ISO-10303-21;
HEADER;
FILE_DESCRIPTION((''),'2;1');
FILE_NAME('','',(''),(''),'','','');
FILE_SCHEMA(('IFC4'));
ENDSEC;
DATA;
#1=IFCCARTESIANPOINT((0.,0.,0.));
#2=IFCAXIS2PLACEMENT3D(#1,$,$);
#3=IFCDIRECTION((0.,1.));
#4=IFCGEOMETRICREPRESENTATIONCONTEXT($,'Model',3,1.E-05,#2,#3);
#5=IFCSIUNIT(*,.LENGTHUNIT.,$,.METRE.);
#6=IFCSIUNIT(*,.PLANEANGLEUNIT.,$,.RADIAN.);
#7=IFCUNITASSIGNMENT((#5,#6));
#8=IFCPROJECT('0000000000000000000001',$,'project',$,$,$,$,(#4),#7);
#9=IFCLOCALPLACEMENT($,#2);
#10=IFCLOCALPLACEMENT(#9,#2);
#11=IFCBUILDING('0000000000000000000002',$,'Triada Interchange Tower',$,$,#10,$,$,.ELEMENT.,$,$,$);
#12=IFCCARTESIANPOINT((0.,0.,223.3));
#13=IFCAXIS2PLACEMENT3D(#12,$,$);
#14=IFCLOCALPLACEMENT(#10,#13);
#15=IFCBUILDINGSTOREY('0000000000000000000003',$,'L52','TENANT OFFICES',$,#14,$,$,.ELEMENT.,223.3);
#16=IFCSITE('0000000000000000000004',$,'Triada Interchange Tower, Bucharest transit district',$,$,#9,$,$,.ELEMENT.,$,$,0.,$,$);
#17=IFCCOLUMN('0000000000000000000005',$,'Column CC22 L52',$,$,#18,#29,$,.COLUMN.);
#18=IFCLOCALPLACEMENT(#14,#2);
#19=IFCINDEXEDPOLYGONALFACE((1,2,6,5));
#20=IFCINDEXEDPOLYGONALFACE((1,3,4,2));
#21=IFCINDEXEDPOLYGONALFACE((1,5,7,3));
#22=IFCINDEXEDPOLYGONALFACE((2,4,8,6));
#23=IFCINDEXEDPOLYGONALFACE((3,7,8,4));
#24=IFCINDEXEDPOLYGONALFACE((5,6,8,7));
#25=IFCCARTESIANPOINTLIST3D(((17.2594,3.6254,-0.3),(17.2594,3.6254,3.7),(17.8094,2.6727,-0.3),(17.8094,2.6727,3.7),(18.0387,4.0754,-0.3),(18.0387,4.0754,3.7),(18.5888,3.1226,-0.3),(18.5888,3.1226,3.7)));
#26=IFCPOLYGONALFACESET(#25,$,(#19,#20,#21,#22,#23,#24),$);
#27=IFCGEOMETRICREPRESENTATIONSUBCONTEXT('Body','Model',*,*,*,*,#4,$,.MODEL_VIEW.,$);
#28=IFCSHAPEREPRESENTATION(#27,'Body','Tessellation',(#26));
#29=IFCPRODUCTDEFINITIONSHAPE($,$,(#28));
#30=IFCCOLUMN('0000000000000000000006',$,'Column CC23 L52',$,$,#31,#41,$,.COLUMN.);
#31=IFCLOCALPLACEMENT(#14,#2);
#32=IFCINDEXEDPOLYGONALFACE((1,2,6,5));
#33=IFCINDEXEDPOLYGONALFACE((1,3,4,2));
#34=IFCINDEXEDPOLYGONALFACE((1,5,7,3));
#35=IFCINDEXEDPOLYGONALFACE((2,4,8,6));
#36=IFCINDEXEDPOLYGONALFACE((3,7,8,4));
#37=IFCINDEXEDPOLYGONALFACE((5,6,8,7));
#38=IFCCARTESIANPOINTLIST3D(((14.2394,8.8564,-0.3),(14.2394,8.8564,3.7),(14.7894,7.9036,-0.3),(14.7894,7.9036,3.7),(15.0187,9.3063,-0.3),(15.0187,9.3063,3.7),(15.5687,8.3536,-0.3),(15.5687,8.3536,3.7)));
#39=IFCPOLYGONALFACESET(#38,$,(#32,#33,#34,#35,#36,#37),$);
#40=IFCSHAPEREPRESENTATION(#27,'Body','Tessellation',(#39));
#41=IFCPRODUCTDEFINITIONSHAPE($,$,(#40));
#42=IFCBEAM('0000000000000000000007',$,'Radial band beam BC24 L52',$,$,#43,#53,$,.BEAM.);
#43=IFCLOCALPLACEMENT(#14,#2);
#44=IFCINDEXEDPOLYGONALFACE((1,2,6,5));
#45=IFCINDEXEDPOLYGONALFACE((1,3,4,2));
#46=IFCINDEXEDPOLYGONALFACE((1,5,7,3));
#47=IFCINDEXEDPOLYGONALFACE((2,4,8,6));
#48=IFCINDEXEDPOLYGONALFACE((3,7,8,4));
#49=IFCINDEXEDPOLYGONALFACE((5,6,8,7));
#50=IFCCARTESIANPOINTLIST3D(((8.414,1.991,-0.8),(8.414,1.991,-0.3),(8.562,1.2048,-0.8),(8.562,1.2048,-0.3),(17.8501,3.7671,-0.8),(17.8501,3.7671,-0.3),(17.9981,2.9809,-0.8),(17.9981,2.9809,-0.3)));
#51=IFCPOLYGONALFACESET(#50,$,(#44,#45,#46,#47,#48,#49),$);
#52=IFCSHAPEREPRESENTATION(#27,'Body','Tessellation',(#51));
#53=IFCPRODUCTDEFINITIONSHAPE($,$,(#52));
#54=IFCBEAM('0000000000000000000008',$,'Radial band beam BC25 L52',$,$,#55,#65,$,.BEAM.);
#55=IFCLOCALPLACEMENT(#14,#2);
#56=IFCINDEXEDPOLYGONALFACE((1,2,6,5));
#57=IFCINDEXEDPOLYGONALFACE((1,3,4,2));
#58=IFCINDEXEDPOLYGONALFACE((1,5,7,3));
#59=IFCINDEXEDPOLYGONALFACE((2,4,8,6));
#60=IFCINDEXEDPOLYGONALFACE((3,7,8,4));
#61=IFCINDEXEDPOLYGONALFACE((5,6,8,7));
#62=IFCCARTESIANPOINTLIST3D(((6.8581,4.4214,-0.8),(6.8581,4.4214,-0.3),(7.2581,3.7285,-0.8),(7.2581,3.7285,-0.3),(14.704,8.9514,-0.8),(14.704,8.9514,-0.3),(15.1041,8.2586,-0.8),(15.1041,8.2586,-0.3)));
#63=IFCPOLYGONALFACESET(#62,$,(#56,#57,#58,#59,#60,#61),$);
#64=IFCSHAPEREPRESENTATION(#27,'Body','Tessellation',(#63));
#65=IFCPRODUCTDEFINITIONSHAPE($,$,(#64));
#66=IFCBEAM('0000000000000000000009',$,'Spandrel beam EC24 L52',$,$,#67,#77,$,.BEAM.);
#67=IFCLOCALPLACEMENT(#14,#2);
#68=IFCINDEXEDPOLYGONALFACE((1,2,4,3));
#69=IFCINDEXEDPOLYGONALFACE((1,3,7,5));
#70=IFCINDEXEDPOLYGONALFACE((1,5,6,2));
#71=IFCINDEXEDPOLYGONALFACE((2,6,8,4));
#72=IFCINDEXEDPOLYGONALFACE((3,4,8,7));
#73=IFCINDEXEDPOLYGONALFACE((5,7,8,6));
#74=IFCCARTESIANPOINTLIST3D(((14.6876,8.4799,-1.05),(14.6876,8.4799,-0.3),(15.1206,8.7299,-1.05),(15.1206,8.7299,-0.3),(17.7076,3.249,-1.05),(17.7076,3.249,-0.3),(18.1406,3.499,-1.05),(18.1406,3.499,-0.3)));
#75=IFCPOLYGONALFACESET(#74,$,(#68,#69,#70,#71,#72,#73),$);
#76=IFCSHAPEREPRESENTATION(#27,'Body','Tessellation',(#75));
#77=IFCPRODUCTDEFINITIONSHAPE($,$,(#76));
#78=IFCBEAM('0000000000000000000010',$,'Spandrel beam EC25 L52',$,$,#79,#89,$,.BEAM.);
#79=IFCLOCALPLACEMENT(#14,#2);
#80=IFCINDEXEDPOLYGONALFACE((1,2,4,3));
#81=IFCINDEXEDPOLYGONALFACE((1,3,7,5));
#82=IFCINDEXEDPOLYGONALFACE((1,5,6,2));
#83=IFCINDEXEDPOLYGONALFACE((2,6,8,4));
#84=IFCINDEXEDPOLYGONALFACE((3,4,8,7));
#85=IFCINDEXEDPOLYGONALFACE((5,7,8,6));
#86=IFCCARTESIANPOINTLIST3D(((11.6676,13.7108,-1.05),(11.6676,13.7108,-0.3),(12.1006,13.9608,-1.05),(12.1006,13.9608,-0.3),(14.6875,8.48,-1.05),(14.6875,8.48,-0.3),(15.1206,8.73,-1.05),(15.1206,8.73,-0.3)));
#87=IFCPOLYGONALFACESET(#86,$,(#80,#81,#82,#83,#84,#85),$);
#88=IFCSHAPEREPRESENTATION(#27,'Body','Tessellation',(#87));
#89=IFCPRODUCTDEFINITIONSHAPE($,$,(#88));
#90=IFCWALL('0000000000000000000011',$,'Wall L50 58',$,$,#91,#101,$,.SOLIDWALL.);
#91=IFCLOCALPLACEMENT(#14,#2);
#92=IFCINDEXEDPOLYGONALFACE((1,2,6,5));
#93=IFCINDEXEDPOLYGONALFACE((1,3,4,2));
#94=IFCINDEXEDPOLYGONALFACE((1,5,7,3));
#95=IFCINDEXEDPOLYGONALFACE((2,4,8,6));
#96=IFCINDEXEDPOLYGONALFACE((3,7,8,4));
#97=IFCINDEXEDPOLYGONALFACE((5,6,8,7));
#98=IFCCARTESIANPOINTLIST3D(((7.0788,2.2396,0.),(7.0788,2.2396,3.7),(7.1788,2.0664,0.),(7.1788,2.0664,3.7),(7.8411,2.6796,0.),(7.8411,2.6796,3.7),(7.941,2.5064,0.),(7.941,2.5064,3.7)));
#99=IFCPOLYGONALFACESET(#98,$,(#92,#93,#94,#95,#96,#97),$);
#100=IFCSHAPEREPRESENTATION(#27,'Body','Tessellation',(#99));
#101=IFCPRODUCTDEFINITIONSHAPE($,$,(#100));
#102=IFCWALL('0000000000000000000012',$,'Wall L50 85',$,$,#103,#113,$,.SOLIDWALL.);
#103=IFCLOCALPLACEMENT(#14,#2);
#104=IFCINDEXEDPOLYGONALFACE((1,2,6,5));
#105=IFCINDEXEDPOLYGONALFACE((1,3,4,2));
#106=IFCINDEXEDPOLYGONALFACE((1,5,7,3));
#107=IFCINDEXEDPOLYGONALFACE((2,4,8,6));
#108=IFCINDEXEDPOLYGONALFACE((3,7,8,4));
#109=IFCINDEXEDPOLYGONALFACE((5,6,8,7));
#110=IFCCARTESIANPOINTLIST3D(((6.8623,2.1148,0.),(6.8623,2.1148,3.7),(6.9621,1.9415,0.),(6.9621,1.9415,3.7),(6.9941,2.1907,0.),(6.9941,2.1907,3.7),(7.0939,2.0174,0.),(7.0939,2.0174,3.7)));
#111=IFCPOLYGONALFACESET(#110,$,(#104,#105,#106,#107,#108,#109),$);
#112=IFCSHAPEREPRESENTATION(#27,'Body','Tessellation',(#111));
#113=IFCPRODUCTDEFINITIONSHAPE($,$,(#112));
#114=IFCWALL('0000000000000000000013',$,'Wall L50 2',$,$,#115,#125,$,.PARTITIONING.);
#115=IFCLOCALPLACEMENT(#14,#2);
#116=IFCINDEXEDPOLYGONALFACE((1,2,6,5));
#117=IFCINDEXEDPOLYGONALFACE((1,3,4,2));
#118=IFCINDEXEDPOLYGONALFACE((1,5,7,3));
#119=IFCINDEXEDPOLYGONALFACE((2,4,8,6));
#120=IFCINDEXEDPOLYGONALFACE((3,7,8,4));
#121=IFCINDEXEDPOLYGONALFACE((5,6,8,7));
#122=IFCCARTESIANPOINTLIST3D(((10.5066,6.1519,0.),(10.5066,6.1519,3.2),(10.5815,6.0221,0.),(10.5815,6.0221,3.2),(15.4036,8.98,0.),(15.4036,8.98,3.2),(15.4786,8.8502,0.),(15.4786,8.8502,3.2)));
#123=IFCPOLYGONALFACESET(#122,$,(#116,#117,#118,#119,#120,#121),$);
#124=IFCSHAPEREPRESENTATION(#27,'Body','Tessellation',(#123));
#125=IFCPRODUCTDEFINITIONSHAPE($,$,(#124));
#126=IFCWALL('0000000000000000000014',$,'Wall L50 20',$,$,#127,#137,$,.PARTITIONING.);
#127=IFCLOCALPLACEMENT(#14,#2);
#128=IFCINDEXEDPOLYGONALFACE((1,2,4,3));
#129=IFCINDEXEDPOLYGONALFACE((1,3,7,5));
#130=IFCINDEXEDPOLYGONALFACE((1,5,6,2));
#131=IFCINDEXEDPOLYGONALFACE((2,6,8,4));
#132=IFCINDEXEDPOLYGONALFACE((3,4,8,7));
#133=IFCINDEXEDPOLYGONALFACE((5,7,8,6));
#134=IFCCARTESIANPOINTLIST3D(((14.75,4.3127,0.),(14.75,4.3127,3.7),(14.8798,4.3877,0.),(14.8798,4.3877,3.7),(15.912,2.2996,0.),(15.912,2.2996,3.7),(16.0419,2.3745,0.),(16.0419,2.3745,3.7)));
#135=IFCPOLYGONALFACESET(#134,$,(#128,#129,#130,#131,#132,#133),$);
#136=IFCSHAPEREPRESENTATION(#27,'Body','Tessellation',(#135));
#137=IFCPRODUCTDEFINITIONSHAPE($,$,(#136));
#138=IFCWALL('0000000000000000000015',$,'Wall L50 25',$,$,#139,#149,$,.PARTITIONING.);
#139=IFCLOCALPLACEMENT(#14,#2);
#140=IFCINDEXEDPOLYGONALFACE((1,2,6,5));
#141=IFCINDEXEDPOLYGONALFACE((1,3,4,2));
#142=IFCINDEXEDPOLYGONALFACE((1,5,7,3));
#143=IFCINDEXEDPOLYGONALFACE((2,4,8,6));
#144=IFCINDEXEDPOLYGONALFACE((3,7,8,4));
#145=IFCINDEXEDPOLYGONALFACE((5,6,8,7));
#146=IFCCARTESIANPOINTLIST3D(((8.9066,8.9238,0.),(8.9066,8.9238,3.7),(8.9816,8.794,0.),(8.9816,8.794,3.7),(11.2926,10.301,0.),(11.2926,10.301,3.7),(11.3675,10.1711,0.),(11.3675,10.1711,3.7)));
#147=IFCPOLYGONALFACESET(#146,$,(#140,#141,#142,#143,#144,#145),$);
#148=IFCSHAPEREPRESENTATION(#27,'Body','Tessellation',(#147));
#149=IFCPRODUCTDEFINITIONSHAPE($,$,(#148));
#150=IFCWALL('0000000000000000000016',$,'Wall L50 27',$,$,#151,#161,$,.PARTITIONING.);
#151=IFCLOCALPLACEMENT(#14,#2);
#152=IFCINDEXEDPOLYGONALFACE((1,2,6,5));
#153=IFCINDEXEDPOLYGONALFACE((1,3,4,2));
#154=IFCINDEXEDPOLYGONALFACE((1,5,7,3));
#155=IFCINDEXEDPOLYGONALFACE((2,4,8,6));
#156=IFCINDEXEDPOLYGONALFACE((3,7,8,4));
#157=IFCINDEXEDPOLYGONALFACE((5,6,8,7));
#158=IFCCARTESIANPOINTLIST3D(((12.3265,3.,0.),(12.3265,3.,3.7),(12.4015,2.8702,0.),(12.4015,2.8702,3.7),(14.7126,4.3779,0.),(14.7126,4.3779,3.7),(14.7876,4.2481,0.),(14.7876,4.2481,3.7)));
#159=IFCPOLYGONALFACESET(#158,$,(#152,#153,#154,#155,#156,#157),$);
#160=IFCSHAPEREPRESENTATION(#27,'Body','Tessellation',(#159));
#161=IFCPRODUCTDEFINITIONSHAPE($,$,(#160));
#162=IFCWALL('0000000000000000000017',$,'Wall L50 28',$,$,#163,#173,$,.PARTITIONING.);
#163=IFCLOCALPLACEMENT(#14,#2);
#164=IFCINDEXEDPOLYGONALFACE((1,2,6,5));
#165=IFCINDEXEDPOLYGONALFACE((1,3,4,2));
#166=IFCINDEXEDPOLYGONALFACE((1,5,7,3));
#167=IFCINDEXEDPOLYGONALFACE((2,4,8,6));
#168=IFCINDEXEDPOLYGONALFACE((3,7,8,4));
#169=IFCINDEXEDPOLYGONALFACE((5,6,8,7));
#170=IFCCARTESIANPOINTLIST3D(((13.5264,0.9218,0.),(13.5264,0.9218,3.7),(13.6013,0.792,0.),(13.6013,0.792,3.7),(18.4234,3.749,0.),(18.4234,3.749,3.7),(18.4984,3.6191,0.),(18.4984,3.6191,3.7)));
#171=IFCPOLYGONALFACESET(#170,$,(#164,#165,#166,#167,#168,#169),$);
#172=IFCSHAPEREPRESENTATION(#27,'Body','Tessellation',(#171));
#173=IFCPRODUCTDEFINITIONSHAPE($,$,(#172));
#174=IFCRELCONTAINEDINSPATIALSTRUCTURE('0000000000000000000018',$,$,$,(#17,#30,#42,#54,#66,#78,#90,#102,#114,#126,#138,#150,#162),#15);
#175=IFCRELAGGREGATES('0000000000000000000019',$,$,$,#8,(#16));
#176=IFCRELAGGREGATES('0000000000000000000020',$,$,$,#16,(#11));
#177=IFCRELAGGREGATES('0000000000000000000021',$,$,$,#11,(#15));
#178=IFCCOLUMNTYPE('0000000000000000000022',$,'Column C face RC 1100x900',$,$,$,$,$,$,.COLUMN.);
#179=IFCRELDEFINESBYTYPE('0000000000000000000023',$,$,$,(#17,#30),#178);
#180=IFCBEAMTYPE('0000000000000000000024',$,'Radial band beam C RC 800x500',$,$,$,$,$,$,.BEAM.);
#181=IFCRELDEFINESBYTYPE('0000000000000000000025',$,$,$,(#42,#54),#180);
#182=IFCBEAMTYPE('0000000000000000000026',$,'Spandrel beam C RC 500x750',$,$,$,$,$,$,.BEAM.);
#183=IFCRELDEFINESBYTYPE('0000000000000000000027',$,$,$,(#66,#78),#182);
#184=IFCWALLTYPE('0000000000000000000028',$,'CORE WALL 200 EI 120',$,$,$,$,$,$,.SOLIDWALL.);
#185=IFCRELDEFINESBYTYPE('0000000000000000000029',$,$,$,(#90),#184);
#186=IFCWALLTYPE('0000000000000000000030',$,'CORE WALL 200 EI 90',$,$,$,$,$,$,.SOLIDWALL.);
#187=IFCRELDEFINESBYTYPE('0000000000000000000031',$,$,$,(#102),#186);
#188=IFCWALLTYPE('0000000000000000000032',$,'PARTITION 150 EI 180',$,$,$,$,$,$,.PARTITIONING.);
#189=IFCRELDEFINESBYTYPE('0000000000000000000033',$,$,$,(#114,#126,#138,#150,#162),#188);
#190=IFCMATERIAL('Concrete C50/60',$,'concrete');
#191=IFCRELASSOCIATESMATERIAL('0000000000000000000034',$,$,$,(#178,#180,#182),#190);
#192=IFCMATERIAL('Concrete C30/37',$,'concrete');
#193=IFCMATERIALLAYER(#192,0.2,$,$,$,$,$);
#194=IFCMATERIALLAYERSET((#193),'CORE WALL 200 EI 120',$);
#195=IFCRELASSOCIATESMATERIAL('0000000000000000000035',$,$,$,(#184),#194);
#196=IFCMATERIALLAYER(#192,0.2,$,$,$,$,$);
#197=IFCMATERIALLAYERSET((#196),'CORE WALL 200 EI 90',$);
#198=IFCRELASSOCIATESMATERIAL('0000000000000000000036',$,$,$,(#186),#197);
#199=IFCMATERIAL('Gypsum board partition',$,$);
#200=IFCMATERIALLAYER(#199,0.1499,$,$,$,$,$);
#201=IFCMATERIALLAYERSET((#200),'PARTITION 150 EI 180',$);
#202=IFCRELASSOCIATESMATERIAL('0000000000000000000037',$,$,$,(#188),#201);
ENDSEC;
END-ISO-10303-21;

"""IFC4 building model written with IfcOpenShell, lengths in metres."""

from ifc_helpers import new_model, si_unit, direction, frame, frame_2d, origin, origin_2d, place, context, subcontext, project, spatial, rectangle, extrude, material, layer, layer_set, material_profile, profile_set, type_object, element, save


model = new_model("IFC4")

# Units and contexts
model_context = context("Model", 3, precision=1e-05, world=origin(), true_north=direction((0.0, 1.0)))
body_context = subcontext(model_context, "Body", "Model", "MODEL_VIEW")
ifc_project = project(units=[si_unit("LENGTHUNIT", "METRE"), si_unit("PLANEANGLEUNIT", "RADIAN")], contexts=[model_context])

# Site, building, storey
site_placement = place(None, origin())
site = spatial("IfcSite", under=ifc_project, at=site_placement, Name="Triada Interchange Tower, Bucharest transit district", CompositionType="ELEMENT", RefElevation=0.0)
building_placement = place(site_placement, origin())
building = spatial("IfcBuilding", under=site, at=building_placement, Name="Triada Interchange Tower", CompositionType="ELEMENT")
storey_placement = place(building_placement, frame((0.0, 0.0, 223.3)))
storey = spatial("IfcBuildingStorey", under=building, at=storey_placement, Name="L52", Description="TENANT OFFICES", CompositionType="ELEMENT", Elevation=223.3)

# Columns
ifc_material_1 = material(Name="Concrete C50/60", Category="concrete")
ifc_material_profile_1 = material_profile(ifc_material_1, rectangle(XDim=1.1001, YDim=0.8999, at=origin_2d()), Name="RC 1100x900")
ifc_profile_set_1 = profile_set([ifc_material_profile_1], Name="Concrete C50/60")
column_type = type_object("IfcColumnType", Name="Column C face RC 1100x900", PredefinedType="COLUMN", material=ifc_profile_set_1)
for number, where, z_axis, x_axis, name in (
    (1, (17.9241, 3.374, -0.3), (0.0, 0.0, 1.0), (-0.5, 0.866025, 0.0), "Column CC22 L52"),
    (2, (14.9041, 8.605, -0.3), (0.0, 0.0, 1.0), (-0.5, 0.866025, 0.0), "Column CC23 L52"),
):
    element("IfcColumn", number, at=place(storey_placement, frame(where, z_axis=z_axis, x_axis=x_axis)), inside=storey, type_object=column_type, Name=name, PredefinedType="COLUMN", context=body_context, shape_type="SweptSolid", body=[
        extrude(rectangle(XDim=1.1001, YDim=0.8999, at=origin_2d()), origin(), (0.0, 0.0, 1.0), 4.0),
    ])

# Beams
ifc_material_profile_2 = material_profile(ifc_material_1, rectangle(XDim=0.8, YDim=0.5, at=origin_2d()), Name="RC 800x500")
ifc_profile_set_2 = profile_set([ifc_material_profile_2], Name="Concrete C50/60")
beam_type_1 = type_object("IfcBeamType", Name="Radial band beam C RC 800x500", PredefinedType="BEAM", material=ifc_profile_set_2)
beam_1_placement = place(storey_placement, frame((17.9241, 3.374, -0.55), z_axis=(-0.982742, -0.184979, 0.0), x_axis=(0.184979, -0.982742, 0.0)))
element("IfcBeam", 3, at=beam_1_placement, inside=storey, type_object=beam_type_1, Name="Radial band beam BC24 L52", PredefinedType="BEAM", context=body_context, shape_type="SweptSolid", body=[
    extrude(rectangle(XDim=0.8, YDim=0.5, at=origin_2d()), origin(), (0.0, 0.0, 1.0), 9.6018),
])
beam_2_placement = place(storey_placement, frame((14.9041, 8.605, -0.55), z_axis=(-0.866017, -0.500014, 0.0), x_axis=(0.500014, -0.866017, 0.0)))
element("IfcBeam", 4, at=beam_2_placement, inside=storey, type_object=beam_type_1, Name="Radial band beam BC25 L52", PredefinedType="BEAM", context=body_context, shape_type="SweptSolid", body=[
    extrude(rectangle(XDim=0.8, YDim=0.5, at=origin_2d()), origin(), (0.0, 0.0, 1.0), 9.0598),
])
ifc_material_profile_3 = material_profile(ifc_material_1, rectangle(XDim=0.5, YDim=0.75, at=origin_2d()), Name="RC 500x750")
ifc_profile_set_3 = profile_set([ifc_material_profile_3], Name="Concrete C50/60")
beam_type_2 = type_object("IfcBeamType", Name="Spandrel beam C RC 500x750", PredefinedType="BEAM", material=ifc_profile_set_3)
for number, where, z_axis, x_axis, name in (
    (5, (17.9241, 3.374, -0.675), (-0.499991, 0.866031, 0.0), (-0.866031, -0.499991, 0.0), "Spandrel beam EC24 L52"),
    (6, (14.9041, 8.605, -0.675), (-0.499991, 0.866031, 0.0), (-0.866031, -0.499991, 0.0), "Spandrel beam EC25 L52"),
):
    element("IfcBeam", number, at=place(storey_placement, frame(where, z_axis=z_axis, x_axis=x_axis)), inside=storey, type_object=beam_type_2, Name=name, PredefinedType="BEAM", context=body_context, shape_type="SweptSolid", body=[
        extrude(rectangle(XDim=0.5, YDim=0.75, at=origin_2d()), origin(), (0.0, 0.0, 1.0), 6.04),
    ])

# Walls
ifc_material_2 = material(Name="Concrete C30/37", Category="concrete")
ifc_layer_1 = layer(ifc_material_2, 0.2)
ifc_layer_set_1 = layer_set([ifc_layer_1], Name="CORE WALL 200 EI 120")
wall_type_1 = type_object("IfcWallType", Name="CORE WALL 200 EI 120", PredefinedType="SOLIDWALL", material=ifc_layer_set_1)
wall_1_placement = place(storey_placement, frame((7.1289, 2.1531, 0.0), z_axis=(0.0, 0.0, 1.0), x_axis=(0.866084, 0.499899, 0.0)))
element("IfcWall", 7, at=wall_1_placement, inside=storey, type_object=wall_type_1, Name="Wall L50 58", PredefinedType="SOLIDWALL", context=body_context, shape_type="SweptSolid", body=[
    extrude(rectangle(XDim=0.8801, YDim=0.2, at=frame_2d((0.4399, 0.0))), origin(), (0.0, 0.0, 1.0), 3.7),
])
ifc_layer_2 = layer(ifc_material_2, 0.2)
ifc_layer_set_2 = layer_set([ifc_layer_2], Name="CORE WALL 200 EI 90")
wall_type_2 = type_object("IfcWallType", Name="CORE WALL 200 EI 90", PredefinedType="SOLIDWALL", material=ifc_layer_set_2)
wall_2_placement = place(storey_placement, frame((6.9121, 2.0281, 0.0), z_axis=(0.0, 0.0, 1.0), x_axis=(0.866559, 0.499074, 0.0)))
element("IfcWall", 8, at=wall_2_placement, inside=storey, type_object=wall_type_2, Name="Wall L50 85", PredefinedType="SOLIDWALL", context=body_context, shape_type="SweptSolid", body=[
    extrude(rectangle(XDim=0.1521, YDim=0.2, at=frame_2d((0.0762, 0.0))), origin(), (0.0, 0.0, 1.0), 3.7),
])
ifc_material_3 = material(Name="Gypsum board partition")
ifc_layer_3 = layer(ifc_material_3, 0.1499)
ifc_layer_set_3 = layer_set([ifc_layer_3], Name="PARTITION 150 EI 180")
wall_type_3 = type_object("IfcWallType", Name="PARTITION 150 EI 180", PredefinedType="PARTITIONING", material=ifc_layer_set_3)
wall_3_placement = place(storey_placement, frame((10.5439, 6.0869, 0.0), z_axis=(0.0, 0.0, 1.0), x_axis=(0.86596, 0.500114, 0.0)))
element("IfcWall", 9, at=wall_3_placement, inside=storey, type_object=wall_type_3, Name="Wall L50 2", PredefinedType="PARTITIONING", context=body_context, shape_type="SweptSolid", body=[
    extrude(rectangle(XDim=5.655, YDim=0.1499, at=frame_2d((2.8276, 0.0))), origin(), (0.0, 0.0, 1.0), 3.2),
])
wall_4_placement = place(storey_placement, frame((14.8149, 4.3501, 0.0), z_axis=(0.0, 0.0, 1.0), x_axis=(0.499935, -0.866063, 0.0)))
element("IfcWall", 10, at=wall_4_placement, inside=storey, type_object=wall_type_3, Name="Wall L50 20", PredefinedType="PARTITIONING", context=body_context, shape_type="SweptSolid", body=[
    extrude(rectangle(XDim=2.3245, YDim=0.1499, at=frame_2d((1.1621, 0.0))), origin(), (0.0, 0.0, 1.0), 3.7),
])
wall_5_placement = place(storey_placement, frame((8.9441, 8.8589, 0.0), z_axis=(0.0, 0.0, 1.0), x_axis=(0.866081, 0.499904, 0.0)))
element("IfcWall", 11, at=wall_5_placement, inside=storey, type_object=wall_type_3, Name="Wall L50 25", PredefinedType="PARTITIONING", context=body_context, shape_type="SweptSolid", body=[
    extrude(rectangle(XDim=2.7549, YDim=0.1499, at=frame_2d((1.3774, 0.0))), origin(), (0.0, 0.0, 1.0), 3.7),
])
wall_6_placement = place(storey_placement, frame((12.364, 2.9351, 0.0), z_axis=(0.0, 0.0, 1.0), x_axis=(0.865966, 0.500103, 0.0)))
element("IfcWall", 12, at=wall_6_placement, inside=storey, type_object=wall_type_3, Name="Wall L50 27", PredefinedType="PARTITIONING", context=body_context, shape_type="SweptSolid", body=[
    extrude(rectangle(XDim=2.7554, YDim=0.1499, at=frame_2d((1.3777, 0.0))), origin(), (0.0, 0.0, 1.0), 3.7),
])
wall_7_placement = place(storey_placement, frame((13.564, 0.8569, 0.0), z_axis=(0.0, 0.0, 1.0), x_axis=(0.866035, 0.499984, 0.0)))
element("IfcWall", 13, at=wall_7_placement, inside=storey, type_object=wall_type_3, Name="Wall L50 28", PredefinedType="PARTITIONING", context=body_context, shape_type="SweptSolid", body=[
    extrude(rectangle(XDim=5.6545, YDim=0.1499, at=frame_2d((2.8271, 0.0))), origin(), (0.0, 0.0, 1.0), 3.7),
])

save(model, "model.ifc")
